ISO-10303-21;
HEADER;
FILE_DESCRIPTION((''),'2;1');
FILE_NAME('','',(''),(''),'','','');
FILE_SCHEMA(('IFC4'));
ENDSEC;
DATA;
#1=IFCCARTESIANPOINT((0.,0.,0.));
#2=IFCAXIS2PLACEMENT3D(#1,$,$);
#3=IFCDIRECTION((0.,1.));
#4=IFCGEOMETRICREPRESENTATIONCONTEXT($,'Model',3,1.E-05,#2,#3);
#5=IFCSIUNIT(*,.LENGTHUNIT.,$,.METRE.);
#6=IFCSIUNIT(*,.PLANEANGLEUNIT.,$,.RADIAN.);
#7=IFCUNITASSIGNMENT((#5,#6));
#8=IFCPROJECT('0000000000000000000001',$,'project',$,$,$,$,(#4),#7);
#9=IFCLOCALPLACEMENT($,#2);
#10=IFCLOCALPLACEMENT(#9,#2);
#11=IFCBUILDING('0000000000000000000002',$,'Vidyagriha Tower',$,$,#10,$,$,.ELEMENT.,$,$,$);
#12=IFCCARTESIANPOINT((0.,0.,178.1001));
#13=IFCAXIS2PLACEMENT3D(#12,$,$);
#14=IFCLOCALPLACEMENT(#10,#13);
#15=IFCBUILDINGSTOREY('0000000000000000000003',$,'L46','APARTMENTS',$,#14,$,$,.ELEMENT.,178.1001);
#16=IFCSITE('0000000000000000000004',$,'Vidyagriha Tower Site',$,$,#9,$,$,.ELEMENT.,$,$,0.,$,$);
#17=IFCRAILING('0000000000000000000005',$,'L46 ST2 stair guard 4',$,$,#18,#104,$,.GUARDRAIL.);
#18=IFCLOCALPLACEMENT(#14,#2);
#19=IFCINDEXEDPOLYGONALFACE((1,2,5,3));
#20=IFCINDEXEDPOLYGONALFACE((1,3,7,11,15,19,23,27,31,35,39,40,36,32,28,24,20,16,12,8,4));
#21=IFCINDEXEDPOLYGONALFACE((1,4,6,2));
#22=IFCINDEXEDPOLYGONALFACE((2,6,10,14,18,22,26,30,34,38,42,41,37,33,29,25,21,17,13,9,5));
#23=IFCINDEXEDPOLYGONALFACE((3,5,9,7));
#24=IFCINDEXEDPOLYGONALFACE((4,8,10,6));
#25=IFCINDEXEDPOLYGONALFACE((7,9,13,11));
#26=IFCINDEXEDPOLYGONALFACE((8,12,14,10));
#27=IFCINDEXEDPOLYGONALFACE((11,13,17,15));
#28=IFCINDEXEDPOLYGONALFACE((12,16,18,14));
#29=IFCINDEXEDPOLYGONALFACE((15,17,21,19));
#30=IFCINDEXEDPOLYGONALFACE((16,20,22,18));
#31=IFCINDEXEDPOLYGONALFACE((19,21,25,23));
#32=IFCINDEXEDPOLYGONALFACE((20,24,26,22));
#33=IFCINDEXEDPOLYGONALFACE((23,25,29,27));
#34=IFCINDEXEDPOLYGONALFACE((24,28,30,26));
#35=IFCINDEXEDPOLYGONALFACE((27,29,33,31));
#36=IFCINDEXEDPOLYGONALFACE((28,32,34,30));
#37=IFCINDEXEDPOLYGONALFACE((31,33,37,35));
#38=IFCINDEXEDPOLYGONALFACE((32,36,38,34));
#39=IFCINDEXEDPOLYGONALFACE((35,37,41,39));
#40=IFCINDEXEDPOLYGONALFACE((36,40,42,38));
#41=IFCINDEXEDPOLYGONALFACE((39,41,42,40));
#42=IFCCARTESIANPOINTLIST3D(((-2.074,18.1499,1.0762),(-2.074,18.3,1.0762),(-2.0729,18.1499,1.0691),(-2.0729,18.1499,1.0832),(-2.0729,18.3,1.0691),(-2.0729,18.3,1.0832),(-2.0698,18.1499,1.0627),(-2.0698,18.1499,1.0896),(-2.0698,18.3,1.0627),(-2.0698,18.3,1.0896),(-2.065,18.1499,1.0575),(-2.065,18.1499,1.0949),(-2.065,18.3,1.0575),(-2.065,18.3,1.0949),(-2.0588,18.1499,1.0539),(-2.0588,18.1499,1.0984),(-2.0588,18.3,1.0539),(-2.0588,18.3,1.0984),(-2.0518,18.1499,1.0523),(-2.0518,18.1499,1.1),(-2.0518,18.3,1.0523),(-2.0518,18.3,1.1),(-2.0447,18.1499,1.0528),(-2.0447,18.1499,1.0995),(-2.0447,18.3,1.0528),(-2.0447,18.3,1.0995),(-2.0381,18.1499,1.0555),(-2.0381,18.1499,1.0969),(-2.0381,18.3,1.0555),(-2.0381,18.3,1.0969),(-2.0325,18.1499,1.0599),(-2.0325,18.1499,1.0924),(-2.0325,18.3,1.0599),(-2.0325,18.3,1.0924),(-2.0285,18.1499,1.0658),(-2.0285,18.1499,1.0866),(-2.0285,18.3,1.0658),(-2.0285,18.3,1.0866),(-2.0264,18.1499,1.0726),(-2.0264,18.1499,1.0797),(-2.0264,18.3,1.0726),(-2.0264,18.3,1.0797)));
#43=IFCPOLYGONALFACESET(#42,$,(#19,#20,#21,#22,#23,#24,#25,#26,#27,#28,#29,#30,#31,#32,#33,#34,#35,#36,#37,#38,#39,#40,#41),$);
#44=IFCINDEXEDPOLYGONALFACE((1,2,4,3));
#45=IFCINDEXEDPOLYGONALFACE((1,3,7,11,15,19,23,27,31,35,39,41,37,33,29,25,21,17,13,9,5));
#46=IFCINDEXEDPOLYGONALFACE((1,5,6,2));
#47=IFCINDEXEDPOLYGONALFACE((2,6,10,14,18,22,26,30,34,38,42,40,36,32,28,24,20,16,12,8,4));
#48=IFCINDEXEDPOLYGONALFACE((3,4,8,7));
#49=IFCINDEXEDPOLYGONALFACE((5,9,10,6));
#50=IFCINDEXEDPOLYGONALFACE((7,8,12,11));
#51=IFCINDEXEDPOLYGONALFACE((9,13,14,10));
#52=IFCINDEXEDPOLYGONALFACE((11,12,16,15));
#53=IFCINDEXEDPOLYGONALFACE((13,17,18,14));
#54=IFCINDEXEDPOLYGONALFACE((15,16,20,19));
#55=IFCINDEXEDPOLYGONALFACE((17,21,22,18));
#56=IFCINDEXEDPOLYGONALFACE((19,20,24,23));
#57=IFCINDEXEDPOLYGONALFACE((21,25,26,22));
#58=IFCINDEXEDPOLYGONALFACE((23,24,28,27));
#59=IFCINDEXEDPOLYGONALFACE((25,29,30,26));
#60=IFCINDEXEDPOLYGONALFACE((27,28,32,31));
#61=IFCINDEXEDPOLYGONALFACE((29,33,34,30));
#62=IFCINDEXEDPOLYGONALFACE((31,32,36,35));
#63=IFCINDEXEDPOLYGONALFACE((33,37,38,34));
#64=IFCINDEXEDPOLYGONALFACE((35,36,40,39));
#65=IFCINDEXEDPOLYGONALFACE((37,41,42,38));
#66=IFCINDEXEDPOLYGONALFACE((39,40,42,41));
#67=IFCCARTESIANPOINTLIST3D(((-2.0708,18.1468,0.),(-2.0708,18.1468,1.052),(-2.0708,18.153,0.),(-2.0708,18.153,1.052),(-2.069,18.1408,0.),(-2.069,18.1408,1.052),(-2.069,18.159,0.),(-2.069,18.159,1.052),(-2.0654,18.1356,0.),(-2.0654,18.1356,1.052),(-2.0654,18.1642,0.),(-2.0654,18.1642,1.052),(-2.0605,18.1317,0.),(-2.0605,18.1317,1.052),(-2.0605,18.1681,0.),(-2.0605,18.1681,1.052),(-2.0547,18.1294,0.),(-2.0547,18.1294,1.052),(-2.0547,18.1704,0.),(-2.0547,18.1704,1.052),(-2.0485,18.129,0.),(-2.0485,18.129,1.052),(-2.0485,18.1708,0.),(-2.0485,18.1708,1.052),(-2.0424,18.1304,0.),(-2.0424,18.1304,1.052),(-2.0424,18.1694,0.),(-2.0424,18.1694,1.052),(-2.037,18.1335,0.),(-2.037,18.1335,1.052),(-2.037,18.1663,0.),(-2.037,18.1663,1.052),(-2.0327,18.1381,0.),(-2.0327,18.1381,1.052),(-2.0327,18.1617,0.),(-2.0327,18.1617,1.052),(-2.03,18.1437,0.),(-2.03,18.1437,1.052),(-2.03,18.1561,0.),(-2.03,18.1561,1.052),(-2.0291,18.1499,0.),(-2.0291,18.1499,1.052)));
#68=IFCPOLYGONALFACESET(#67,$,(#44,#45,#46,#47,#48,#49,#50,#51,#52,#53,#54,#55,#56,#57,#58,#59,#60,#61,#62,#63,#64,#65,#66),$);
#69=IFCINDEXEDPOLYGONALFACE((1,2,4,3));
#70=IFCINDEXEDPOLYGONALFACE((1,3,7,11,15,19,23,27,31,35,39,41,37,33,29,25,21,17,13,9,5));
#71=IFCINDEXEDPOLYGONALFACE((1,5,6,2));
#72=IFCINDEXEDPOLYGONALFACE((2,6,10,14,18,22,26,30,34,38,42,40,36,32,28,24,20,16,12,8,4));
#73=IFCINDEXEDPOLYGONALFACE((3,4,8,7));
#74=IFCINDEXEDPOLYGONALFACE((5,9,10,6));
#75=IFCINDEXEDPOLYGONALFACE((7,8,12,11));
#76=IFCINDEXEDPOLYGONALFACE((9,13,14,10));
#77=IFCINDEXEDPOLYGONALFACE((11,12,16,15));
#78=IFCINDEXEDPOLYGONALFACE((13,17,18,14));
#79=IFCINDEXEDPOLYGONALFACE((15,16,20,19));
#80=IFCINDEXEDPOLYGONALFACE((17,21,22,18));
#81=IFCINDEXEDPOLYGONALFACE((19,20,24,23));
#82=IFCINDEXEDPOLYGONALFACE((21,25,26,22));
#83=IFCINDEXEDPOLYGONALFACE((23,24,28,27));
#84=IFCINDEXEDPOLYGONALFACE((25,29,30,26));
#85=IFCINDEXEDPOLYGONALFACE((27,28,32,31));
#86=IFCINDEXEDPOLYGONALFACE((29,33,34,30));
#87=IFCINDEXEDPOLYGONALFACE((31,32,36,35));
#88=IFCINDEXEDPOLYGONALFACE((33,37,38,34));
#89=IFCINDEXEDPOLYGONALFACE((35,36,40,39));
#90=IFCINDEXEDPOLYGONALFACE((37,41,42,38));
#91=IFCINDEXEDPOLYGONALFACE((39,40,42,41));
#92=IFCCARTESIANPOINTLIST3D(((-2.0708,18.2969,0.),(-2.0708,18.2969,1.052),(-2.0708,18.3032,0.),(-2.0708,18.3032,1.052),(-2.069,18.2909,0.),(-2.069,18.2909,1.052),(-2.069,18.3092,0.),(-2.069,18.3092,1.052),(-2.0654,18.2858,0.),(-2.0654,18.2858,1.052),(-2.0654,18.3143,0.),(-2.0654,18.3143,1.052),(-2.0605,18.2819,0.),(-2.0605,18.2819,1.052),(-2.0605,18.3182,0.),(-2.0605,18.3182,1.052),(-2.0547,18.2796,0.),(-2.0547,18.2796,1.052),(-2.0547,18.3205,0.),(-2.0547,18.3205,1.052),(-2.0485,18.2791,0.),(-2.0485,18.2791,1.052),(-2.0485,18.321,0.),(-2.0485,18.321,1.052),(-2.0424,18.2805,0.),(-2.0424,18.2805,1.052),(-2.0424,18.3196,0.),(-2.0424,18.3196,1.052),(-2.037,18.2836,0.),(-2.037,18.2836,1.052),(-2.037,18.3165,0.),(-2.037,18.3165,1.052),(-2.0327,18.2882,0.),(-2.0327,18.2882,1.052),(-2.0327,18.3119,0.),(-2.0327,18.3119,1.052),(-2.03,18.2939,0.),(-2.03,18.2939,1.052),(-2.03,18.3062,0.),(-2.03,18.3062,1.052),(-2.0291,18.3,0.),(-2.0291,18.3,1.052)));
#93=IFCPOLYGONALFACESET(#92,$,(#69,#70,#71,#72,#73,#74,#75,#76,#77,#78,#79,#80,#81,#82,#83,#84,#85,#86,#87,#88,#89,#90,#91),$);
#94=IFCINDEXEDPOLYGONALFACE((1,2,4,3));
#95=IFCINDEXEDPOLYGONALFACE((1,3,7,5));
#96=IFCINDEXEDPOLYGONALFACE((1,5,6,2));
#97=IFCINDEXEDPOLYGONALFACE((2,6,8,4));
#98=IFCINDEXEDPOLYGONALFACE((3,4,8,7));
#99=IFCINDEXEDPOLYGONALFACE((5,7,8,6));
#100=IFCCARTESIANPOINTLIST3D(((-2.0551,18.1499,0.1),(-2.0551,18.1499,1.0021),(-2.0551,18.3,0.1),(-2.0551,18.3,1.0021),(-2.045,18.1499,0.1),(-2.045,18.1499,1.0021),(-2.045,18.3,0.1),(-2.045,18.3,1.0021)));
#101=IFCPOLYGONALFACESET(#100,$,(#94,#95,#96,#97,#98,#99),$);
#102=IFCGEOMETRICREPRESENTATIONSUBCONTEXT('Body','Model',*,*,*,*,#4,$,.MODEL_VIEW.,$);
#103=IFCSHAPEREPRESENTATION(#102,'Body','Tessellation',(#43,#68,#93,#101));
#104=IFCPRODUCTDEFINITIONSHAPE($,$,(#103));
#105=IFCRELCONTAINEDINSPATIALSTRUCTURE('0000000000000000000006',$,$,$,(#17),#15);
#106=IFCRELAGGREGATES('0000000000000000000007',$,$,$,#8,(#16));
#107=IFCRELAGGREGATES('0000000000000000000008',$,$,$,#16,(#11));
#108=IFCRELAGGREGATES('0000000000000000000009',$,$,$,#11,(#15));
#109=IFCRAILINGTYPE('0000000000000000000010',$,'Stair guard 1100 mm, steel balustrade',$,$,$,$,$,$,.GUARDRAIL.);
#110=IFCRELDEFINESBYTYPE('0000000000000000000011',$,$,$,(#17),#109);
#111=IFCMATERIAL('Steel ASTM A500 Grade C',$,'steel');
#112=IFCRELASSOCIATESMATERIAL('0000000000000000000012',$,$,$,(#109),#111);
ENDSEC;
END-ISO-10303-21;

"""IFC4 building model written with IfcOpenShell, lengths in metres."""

from ifc_helpers import new_model, si_unit, direction, frame, origin, origin_2d, place, context, subcontext, project, spatial, rectangle, circle, extrude, material, type_object, element, save


model = new_model("IFC4")

# Units and contexts
model_context = context("Model", 3, precision=1e-05, world=origin(), true_north=direction((0.0, 1.0)))
body_context = subcontext(model_context, "Body", "Model", "MODEL_VIEW")
ifc_project = project(units=[si_unit("LENGTHUNIT", "METRE"), si_unit("PLANEANGLEUNIT", "RADIAN")], contexts=[model_context])

# Site, building, storey
site_placement = place(None, origin())
site = spatial("IfcSite", under=ifc_project, at=site_placement, Name="Vidyagriha Tower Site", CompositionType="ELEMENT", RefElevation=0.0)
building_placement = place(site_placement, origin())
building = spatial("IfcBuilding", under=site, at=building_placement, Name="Vidyagriha Tower", CompositionType="ELEMENT")
storey_placement = place(building_placement, frame((0.0, 0.0, 178.1001)))
storey = spatial("IfcBuildingStorey", under=building, at=storey_placement, Name="L46", Description="APARTMENTS", CompositionType="ELEMENT", Elevation=178.1001)

# Railing
ifc_material_1 = material(Name="Steel ASTM A500 Grade C", Category="steel")
railing_type_1 = type_object("IfcRailingType", Name="Stair guard 1100 mm, steel balustrade", PredefinedType="GUARDRAIL", material=ifc_material_1)
railing_1_placement = place(storey_placement, frame((-2.05, 18.1499, 0.0)))
element("IfcRailing", 1, at=railing_1_placement, inside=storey, type_object=railing_type_1, Name="L46 ST2 stair guard 4", PredefinedType="GUARDRAIL", context=body_context, shape_type="SweptSolid", body=[
    extrude(circle(Radius=0.0239, at=origin_2d()), frame((0.0, 0.0, 1.0762), z_axis=(0.0, 1.0, 0.0), x_axis=(-1.0, 0.0, 0.0)), (0.0, 0.0, 1.0), 0.1501),
    extrude(circle(Radius=0.021, at=origin_2d()), origin(), (0.0, 0.0, 1.0), 1.052),
    extrude(circle(Radius=0.021, at=origin_2d()), frame((0.0, 0.1501, 0.0)), (0.0, 0.0, 1.0), 1.052),
    extrude(rectangle(XDim=0.01, YDim=0.9021, at=origin_2d()), frame((0.0, 0.0, 0.551), z_axis=(0.0, 1.0, 0.0), x_axis=(-1.0, 0.0, 0.0)), (0.0, 0.0, 1.0), 0.1501),
])

save(model, "model.ifc")
